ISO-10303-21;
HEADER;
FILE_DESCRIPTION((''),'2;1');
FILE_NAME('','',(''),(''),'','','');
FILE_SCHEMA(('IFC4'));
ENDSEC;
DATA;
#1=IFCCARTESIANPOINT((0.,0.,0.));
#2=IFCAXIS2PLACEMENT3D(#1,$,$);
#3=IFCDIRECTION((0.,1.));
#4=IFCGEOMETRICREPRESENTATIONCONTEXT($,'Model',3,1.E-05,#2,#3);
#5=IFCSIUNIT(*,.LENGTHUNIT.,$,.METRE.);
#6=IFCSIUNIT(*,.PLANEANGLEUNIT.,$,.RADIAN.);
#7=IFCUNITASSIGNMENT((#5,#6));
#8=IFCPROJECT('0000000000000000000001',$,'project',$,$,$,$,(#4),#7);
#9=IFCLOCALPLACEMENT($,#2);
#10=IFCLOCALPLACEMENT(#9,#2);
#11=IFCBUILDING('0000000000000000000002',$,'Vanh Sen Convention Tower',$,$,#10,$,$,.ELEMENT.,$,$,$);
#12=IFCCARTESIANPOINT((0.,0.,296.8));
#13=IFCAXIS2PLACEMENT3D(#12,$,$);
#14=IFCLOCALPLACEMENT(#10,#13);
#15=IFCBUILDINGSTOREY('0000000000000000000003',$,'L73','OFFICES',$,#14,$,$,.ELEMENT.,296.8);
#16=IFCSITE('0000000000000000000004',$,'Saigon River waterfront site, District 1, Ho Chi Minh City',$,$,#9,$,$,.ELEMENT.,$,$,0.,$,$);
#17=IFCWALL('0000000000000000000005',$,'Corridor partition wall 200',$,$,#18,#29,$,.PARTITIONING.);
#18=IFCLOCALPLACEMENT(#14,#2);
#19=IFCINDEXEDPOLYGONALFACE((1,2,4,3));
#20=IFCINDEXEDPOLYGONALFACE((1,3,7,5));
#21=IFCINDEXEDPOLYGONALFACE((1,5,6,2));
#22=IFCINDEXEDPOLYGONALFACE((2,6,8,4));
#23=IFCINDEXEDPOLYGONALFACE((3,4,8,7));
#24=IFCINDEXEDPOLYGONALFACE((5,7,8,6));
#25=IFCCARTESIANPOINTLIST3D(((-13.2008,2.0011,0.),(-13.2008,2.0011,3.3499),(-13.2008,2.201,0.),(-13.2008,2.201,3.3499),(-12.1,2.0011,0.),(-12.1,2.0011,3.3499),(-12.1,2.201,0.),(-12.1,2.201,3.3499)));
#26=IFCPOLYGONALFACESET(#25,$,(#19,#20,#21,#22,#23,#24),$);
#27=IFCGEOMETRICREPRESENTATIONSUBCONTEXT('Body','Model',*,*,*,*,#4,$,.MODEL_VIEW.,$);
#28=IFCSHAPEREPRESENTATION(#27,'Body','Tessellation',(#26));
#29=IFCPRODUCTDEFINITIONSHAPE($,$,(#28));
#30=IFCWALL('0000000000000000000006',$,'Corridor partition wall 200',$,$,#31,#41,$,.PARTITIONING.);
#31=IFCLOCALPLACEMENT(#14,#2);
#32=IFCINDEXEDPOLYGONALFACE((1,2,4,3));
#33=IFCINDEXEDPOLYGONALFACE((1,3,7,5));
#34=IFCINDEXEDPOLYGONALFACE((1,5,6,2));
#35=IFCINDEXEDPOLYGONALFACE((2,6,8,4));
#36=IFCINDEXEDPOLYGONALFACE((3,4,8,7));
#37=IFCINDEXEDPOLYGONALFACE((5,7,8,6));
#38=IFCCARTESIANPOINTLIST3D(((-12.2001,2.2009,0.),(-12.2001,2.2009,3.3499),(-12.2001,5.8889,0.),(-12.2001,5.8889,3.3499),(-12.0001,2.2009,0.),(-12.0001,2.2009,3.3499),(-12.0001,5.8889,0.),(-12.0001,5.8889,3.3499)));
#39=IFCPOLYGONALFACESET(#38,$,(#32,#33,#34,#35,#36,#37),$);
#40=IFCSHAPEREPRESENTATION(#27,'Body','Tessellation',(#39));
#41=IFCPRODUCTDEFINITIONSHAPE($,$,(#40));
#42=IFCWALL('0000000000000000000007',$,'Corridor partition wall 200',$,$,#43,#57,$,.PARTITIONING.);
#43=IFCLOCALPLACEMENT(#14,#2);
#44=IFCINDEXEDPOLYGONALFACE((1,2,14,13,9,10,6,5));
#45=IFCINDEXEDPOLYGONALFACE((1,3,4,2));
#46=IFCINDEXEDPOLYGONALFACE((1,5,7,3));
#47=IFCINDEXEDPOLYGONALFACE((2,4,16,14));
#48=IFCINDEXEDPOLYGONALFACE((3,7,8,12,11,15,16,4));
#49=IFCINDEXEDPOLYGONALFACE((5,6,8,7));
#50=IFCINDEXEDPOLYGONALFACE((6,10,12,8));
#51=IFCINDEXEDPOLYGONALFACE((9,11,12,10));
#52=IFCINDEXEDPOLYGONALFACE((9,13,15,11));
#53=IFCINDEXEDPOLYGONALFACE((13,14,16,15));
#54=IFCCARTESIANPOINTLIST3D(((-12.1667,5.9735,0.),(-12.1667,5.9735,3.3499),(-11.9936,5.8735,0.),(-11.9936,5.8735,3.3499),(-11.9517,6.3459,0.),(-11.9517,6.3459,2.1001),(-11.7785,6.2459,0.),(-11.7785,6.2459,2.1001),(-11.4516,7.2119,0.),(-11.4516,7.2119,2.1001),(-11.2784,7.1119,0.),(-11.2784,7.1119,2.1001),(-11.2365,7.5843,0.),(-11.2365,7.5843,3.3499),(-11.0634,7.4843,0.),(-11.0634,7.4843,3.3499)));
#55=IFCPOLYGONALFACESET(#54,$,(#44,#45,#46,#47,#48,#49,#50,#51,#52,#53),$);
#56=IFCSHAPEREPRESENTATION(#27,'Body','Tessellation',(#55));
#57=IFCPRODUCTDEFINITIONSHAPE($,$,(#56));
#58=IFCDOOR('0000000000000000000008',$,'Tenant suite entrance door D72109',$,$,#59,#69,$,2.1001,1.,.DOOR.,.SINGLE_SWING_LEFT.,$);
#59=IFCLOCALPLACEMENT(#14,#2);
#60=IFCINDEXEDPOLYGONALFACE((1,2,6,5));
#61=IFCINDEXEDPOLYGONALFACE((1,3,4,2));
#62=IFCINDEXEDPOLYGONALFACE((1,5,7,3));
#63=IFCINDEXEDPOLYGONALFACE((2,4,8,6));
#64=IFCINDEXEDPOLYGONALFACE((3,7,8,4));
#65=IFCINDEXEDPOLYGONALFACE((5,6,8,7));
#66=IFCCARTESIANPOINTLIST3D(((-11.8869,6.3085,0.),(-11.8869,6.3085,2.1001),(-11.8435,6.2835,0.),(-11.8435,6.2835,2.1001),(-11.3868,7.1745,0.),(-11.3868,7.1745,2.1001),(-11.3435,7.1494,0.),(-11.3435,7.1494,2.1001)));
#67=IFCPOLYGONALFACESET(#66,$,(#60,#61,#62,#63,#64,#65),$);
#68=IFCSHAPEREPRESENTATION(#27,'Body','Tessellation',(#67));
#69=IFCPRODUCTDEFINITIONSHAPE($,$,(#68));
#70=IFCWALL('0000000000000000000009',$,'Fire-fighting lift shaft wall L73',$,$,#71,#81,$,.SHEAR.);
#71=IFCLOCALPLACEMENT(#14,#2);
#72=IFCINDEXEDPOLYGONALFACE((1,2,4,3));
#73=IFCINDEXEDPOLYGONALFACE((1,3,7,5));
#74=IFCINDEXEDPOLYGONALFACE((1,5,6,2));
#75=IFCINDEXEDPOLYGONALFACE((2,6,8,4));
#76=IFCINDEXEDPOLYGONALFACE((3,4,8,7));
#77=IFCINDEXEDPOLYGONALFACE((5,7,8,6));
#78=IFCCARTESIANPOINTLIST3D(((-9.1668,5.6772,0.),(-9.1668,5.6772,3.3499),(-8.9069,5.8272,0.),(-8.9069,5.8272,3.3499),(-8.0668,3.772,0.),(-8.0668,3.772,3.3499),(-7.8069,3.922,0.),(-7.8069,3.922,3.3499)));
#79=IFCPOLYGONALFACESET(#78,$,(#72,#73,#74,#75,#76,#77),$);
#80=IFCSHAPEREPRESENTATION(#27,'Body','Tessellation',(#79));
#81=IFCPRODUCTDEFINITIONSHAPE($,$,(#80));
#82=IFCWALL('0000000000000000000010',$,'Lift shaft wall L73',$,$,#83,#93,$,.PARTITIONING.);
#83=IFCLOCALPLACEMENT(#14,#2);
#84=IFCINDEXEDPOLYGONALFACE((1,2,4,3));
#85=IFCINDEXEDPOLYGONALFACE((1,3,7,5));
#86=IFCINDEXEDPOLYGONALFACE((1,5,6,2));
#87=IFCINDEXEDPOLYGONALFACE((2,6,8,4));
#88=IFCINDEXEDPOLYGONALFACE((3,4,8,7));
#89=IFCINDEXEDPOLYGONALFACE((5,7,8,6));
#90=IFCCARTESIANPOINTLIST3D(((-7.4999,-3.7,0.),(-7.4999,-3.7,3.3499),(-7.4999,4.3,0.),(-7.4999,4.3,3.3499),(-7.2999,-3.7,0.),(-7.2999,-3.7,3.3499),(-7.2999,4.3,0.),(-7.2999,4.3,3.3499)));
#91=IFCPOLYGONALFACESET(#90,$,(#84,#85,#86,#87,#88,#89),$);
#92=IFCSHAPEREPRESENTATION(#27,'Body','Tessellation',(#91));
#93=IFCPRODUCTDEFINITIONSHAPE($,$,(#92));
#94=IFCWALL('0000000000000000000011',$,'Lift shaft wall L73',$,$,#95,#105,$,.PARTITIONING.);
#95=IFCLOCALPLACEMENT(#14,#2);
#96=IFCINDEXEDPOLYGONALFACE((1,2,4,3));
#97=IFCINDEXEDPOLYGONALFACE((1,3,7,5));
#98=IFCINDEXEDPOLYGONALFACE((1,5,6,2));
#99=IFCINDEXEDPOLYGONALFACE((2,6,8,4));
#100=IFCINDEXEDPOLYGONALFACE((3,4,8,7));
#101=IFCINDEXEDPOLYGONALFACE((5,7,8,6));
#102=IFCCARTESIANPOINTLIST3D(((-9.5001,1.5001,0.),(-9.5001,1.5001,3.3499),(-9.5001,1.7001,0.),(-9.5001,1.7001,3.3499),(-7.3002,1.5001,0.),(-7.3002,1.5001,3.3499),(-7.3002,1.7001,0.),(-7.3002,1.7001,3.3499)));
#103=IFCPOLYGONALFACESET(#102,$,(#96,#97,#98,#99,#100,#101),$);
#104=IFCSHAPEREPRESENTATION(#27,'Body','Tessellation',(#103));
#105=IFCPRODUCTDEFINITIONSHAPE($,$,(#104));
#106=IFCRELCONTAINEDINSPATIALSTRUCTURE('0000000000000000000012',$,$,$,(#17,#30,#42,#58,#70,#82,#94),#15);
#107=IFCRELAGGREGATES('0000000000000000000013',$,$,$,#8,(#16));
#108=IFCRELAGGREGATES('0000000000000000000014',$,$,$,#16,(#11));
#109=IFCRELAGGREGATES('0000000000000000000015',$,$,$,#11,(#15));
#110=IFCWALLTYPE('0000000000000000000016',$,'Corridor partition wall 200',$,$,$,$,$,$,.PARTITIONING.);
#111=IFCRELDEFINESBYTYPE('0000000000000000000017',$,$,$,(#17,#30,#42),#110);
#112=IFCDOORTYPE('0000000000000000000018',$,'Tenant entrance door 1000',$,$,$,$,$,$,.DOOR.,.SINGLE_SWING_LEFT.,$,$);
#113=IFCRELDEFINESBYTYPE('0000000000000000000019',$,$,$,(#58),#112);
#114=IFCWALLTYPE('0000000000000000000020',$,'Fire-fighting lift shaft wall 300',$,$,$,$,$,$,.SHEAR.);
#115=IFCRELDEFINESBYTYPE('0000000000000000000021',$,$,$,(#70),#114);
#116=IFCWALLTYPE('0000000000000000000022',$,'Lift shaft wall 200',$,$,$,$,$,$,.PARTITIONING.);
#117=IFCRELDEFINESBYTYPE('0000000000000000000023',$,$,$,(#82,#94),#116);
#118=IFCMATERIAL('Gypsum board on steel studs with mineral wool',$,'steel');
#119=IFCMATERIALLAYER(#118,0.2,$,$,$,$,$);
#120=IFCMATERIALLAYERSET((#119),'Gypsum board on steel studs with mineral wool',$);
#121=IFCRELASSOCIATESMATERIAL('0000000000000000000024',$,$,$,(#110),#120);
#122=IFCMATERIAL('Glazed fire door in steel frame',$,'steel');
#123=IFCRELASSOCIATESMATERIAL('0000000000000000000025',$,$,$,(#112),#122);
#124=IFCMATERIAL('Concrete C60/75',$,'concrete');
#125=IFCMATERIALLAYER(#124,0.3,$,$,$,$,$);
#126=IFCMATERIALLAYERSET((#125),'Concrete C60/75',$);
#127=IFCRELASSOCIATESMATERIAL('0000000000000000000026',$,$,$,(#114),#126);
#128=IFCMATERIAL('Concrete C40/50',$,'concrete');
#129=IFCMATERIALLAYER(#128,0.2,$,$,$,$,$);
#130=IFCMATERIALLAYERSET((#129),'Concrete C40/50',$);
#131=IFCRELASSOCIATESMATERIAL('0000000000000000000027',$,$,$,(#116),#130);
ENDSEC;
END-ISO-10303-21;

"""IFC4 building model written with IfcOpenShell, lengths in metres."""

from ifc_helpers import new_model, si_unit, direction, frame, frame_2d, origin, place, context, subcontext, project, spatial, rectangle, extrude, material, layer, layer_set, type_object, element, fill, save


model = new_model("IFC4")

# Units and contexts
model_context = context("Model", 3, precision=1e-05, world=origin(), true_north=direction((0.0, 1.0)))
body_context = subcontext(model_context, "Body", "Model", "MODEL_VIEW")
ifc_project = project(units=[si_unit("LENGTHUNIT", "METRE"), si_unit("PLANEANGLEUNIT", "RADIAN")], contexts=[model_context])

# Site, building, storey
site_placement = place(None, origin())
site = spatial("IfcSite", under=ifc_project, at=site_placement, Name="Saigon River waterfront site, District 1, Ho Chi Minh City", CompositionType="ELEMENT", RefElevation=0.0)
building_placement = place(site_placement, origin())
building = spatial("IfcBuilding", under=site, at=building_placement, Name="Vanh Sen Convention Tower", CompositionType="ELEMENT")
storey_placement = place(building_placement, frame((0.0, 0.0, 296.8)))
storey = spatial("IfcBuildingStorey", under=building, at=storey_placement, Name="L73", Description="OFFICES", CompositionType="ELEMENT", Elevation=296.8)

# Shared definitions
ifc_material_1 = material(Name="Concrete C60/75", Category="concrete")

# Shared definitions
ifc_material_2 = material(Name="Gypsum board on steel studs with mineral wool", Category="steel")
ifc_layer_1 = layer(ifc_material_2, 0.2)
ifc_layer_set_1 = layer_set([ifc_layer_1], Name="Gypsum board on steel studs with mineral wool")
wall_type_1 = type_object("IfcWallType", Name="Corridor partition wall 200", PredefinedType="PARTITIONING", material=ifc_layer_set_1)

# Walls
wall_1_placement = place(storey_placement, frame((-12.1001, 2.1011, 0.0), z_axis=(0.0, 0.0, 1.0), x_axis=(-1.0, 0.0, 0.0)))
element("IfcWall", 1, at=wall_1_placement, inside=storey, type_object=wall_type_1, Name="Corridor partition wall 200", PredefinedType="PARTITIONING", context=body_context, shape_type="SweptSolid", body=[
    extrude(rectangle(XDim=1.1008, YDim=0.2, at=frame_2d((0.5503, 0.0))), origin(), (0.0, 0.0, 1.0), 3.3499),
])
wall_2_placement = place(storey_placement, frame((-12.1001, 5.8889, 0.0), z_axis=(0.0, 0.0, 1.0), x_axis=(0.0, -1.0, 0.0)))
element("IfcWall", 2, at=wall_2_placement, inside=storey, type_object=wall_type_1, Name="Corridor partition wall 200", PredefinedType="PARTITIONING", context=body_context, shape_type="SweptSolid", body=[
    extrude(rectangle(XDim=3.688, YDim=0.2, at=frame_2d((1.844, 0.0))), origin(), (0.0, 0.0, 1.0), 3.3499),
])

# Wall, opening, door
wall_3_placement = place(storey_placement, frame((-11.1499, 7.5344, 0.0), z_axis=(0.0, 0.0, 1.0), x_axis=(-0.500063, -0.865989, 0.0)))
wall_3 = element("IfcWall", 3, at=wall_3_placement, inside=storey, type_object=wall_type_1, Name="Corridor partition wall 200", PredefinedType="PARTITIONING", context=body_context, shape_type="SweptSolid", body=[
    extrude(rectangle(XDim=1.8601, YDim=0.2, at=frame_2d((0.9302, 0.0))), origin(), (0.0, 0.0, 1.0), 3.3499),
])
opening_1_placement = place(wall_3_placement, frame((0.4302, 0.0, 0.0)))
opening_1 = element("IfcOpeningElement", 4, at=opening_1_placement, cuts=wall_3, PredefinedType="OPENING", context=body_context, shape_type="SweptSolid", body=[
    extrude(rectangle(XDim=1.0, YDim=2.1001, at=frame_2d((0.5, 1.05))), frame((0.0, 0.1099, 0.0), z_axis=(0.0, -1.0, 0.0), x_axis=(1.0, 0.0, 0.0)), (0.0, 0.0, 1.0), 0.22),
])
ifc_material_3 = material(Name="Glazed fire door in steel frame", Category="steel")
door_type_1 = type_object("IfcDoorType", Name="Tenant entrance door 1000", OperationType="SINGLE_SWING_LEFT", PredefinedType="DOOR", material=ifc_material_3)
door_1_placement = place(opening_1_placement, origin())
door_1 = element("IfcDoor", 5, at=door_1_placement, inside=storey, type_object=door_type_1, Name="Tenant suite entrance door D72109", OperationType="SINGLE_SWING_LEFT", OverallHeight=2.1001, OverallWidth=1.0, PredefinedType="DOOR", context=body_context, shape_type="SweptSolid", body=[
    extrude(rectangle(XDim=1.0, YDim=2.1001, at=frame_2d((0.5, 1.05))), frame((0.0, 0.0249, 0.0), z_axis=(0.0, -1.0, 0.0), x_axis=(1.0, 0.0, 0.0)), (0.0, 0.0, 1.0), 0.05),
])
fill(opening_1, door_1)

# Walls
ifc_layer_2 = layer(ifc_material_1, 0.3)
ifc_layer_set_2 = layer_set([ifc_layer_2], Name="Concrete C60/75")
wall_type_2 = type_object("IfcWallType", Name="Fire-fighting lift shaft wall 300", PredefinedType="SHEAR", material=ifc_layer_set_2)
wall_4_placement = place(storey_placement, frame((-7.9368, 3.8469, 0.0), z_axis=(0.0, 0.0, 1.0), x_axis=(-0.50003, 0.866008, 0.0)))
element("IfcWall", 6, at=wall_4_placement, inside=storey, type_object=wall_type_2, Name="Fire-fighting lift shaft wall L73", PredefinedType="SHEAR", context=body_context, shape_type="SweptSolid", body=[
    extrude(rectangle(XDim=2.2, YDim=0.3, at=frame_2d((1.1001, 0.0))), origin(), (0.0, 0.0, 1.0), 3.3499),
])
ifc_material_4 = material(Name="Concrete C40/50", Category="concrete")
ifc_layer_3 = layer(ifc_material_4, 0.2)
ifc_layer_set_3 = layer_set([ifc_layer_3], Name="Concrete C40/50")
wall_type_3 = type_object("IfcWallType", Name="Lift shaft wall 200", PredefinedType="PARTITIONING", material=ifc_layer_set_3)
wall_5_placement = place(storey_placement, frame((-7.3999, 4.3, 0.0), z_axis=(0.0, 0.0, 1.0), x_axis=(0.0, -1.0, 0.0)))
element("IfcWall", 7, at=wall_5_placement, inside=storey, type_object=wall_type_3, Name="Lift shaft wall L73", PredefinedType="PARTITIONING", context=body_context, shape_type="SweptSolid", body=[
    extrude(rectangle(XDim=8.0, YDim=0.2, at=frame_2d((4.0, 0.0))), origin(), (0.0, 0.0, 1.0), 3.3499),
])
wall_6_placement = place(storey_placement, frame((-7.3, 1.6001, 0.0), z_axis=(0.0, 0.0, 1.0), x_axis=(-1.0, 0.0, 0.0)))
element("IfcWall", 8, at=wall_6_placement, inside=storey, type_object=wall_type_3, Name="Lift shaft wall L73", PredefinedType="PARTITIONING", context=body_context, shape_type="SweptSolid", body=[
    extrude(rectangle(XDim=2.2, YDim=0.2, at=frame_2d((1.1001, 0.0))), origin(), (0.0, 0.0, 1.0), 3.3499),
])

save(model, "model.ifc")
